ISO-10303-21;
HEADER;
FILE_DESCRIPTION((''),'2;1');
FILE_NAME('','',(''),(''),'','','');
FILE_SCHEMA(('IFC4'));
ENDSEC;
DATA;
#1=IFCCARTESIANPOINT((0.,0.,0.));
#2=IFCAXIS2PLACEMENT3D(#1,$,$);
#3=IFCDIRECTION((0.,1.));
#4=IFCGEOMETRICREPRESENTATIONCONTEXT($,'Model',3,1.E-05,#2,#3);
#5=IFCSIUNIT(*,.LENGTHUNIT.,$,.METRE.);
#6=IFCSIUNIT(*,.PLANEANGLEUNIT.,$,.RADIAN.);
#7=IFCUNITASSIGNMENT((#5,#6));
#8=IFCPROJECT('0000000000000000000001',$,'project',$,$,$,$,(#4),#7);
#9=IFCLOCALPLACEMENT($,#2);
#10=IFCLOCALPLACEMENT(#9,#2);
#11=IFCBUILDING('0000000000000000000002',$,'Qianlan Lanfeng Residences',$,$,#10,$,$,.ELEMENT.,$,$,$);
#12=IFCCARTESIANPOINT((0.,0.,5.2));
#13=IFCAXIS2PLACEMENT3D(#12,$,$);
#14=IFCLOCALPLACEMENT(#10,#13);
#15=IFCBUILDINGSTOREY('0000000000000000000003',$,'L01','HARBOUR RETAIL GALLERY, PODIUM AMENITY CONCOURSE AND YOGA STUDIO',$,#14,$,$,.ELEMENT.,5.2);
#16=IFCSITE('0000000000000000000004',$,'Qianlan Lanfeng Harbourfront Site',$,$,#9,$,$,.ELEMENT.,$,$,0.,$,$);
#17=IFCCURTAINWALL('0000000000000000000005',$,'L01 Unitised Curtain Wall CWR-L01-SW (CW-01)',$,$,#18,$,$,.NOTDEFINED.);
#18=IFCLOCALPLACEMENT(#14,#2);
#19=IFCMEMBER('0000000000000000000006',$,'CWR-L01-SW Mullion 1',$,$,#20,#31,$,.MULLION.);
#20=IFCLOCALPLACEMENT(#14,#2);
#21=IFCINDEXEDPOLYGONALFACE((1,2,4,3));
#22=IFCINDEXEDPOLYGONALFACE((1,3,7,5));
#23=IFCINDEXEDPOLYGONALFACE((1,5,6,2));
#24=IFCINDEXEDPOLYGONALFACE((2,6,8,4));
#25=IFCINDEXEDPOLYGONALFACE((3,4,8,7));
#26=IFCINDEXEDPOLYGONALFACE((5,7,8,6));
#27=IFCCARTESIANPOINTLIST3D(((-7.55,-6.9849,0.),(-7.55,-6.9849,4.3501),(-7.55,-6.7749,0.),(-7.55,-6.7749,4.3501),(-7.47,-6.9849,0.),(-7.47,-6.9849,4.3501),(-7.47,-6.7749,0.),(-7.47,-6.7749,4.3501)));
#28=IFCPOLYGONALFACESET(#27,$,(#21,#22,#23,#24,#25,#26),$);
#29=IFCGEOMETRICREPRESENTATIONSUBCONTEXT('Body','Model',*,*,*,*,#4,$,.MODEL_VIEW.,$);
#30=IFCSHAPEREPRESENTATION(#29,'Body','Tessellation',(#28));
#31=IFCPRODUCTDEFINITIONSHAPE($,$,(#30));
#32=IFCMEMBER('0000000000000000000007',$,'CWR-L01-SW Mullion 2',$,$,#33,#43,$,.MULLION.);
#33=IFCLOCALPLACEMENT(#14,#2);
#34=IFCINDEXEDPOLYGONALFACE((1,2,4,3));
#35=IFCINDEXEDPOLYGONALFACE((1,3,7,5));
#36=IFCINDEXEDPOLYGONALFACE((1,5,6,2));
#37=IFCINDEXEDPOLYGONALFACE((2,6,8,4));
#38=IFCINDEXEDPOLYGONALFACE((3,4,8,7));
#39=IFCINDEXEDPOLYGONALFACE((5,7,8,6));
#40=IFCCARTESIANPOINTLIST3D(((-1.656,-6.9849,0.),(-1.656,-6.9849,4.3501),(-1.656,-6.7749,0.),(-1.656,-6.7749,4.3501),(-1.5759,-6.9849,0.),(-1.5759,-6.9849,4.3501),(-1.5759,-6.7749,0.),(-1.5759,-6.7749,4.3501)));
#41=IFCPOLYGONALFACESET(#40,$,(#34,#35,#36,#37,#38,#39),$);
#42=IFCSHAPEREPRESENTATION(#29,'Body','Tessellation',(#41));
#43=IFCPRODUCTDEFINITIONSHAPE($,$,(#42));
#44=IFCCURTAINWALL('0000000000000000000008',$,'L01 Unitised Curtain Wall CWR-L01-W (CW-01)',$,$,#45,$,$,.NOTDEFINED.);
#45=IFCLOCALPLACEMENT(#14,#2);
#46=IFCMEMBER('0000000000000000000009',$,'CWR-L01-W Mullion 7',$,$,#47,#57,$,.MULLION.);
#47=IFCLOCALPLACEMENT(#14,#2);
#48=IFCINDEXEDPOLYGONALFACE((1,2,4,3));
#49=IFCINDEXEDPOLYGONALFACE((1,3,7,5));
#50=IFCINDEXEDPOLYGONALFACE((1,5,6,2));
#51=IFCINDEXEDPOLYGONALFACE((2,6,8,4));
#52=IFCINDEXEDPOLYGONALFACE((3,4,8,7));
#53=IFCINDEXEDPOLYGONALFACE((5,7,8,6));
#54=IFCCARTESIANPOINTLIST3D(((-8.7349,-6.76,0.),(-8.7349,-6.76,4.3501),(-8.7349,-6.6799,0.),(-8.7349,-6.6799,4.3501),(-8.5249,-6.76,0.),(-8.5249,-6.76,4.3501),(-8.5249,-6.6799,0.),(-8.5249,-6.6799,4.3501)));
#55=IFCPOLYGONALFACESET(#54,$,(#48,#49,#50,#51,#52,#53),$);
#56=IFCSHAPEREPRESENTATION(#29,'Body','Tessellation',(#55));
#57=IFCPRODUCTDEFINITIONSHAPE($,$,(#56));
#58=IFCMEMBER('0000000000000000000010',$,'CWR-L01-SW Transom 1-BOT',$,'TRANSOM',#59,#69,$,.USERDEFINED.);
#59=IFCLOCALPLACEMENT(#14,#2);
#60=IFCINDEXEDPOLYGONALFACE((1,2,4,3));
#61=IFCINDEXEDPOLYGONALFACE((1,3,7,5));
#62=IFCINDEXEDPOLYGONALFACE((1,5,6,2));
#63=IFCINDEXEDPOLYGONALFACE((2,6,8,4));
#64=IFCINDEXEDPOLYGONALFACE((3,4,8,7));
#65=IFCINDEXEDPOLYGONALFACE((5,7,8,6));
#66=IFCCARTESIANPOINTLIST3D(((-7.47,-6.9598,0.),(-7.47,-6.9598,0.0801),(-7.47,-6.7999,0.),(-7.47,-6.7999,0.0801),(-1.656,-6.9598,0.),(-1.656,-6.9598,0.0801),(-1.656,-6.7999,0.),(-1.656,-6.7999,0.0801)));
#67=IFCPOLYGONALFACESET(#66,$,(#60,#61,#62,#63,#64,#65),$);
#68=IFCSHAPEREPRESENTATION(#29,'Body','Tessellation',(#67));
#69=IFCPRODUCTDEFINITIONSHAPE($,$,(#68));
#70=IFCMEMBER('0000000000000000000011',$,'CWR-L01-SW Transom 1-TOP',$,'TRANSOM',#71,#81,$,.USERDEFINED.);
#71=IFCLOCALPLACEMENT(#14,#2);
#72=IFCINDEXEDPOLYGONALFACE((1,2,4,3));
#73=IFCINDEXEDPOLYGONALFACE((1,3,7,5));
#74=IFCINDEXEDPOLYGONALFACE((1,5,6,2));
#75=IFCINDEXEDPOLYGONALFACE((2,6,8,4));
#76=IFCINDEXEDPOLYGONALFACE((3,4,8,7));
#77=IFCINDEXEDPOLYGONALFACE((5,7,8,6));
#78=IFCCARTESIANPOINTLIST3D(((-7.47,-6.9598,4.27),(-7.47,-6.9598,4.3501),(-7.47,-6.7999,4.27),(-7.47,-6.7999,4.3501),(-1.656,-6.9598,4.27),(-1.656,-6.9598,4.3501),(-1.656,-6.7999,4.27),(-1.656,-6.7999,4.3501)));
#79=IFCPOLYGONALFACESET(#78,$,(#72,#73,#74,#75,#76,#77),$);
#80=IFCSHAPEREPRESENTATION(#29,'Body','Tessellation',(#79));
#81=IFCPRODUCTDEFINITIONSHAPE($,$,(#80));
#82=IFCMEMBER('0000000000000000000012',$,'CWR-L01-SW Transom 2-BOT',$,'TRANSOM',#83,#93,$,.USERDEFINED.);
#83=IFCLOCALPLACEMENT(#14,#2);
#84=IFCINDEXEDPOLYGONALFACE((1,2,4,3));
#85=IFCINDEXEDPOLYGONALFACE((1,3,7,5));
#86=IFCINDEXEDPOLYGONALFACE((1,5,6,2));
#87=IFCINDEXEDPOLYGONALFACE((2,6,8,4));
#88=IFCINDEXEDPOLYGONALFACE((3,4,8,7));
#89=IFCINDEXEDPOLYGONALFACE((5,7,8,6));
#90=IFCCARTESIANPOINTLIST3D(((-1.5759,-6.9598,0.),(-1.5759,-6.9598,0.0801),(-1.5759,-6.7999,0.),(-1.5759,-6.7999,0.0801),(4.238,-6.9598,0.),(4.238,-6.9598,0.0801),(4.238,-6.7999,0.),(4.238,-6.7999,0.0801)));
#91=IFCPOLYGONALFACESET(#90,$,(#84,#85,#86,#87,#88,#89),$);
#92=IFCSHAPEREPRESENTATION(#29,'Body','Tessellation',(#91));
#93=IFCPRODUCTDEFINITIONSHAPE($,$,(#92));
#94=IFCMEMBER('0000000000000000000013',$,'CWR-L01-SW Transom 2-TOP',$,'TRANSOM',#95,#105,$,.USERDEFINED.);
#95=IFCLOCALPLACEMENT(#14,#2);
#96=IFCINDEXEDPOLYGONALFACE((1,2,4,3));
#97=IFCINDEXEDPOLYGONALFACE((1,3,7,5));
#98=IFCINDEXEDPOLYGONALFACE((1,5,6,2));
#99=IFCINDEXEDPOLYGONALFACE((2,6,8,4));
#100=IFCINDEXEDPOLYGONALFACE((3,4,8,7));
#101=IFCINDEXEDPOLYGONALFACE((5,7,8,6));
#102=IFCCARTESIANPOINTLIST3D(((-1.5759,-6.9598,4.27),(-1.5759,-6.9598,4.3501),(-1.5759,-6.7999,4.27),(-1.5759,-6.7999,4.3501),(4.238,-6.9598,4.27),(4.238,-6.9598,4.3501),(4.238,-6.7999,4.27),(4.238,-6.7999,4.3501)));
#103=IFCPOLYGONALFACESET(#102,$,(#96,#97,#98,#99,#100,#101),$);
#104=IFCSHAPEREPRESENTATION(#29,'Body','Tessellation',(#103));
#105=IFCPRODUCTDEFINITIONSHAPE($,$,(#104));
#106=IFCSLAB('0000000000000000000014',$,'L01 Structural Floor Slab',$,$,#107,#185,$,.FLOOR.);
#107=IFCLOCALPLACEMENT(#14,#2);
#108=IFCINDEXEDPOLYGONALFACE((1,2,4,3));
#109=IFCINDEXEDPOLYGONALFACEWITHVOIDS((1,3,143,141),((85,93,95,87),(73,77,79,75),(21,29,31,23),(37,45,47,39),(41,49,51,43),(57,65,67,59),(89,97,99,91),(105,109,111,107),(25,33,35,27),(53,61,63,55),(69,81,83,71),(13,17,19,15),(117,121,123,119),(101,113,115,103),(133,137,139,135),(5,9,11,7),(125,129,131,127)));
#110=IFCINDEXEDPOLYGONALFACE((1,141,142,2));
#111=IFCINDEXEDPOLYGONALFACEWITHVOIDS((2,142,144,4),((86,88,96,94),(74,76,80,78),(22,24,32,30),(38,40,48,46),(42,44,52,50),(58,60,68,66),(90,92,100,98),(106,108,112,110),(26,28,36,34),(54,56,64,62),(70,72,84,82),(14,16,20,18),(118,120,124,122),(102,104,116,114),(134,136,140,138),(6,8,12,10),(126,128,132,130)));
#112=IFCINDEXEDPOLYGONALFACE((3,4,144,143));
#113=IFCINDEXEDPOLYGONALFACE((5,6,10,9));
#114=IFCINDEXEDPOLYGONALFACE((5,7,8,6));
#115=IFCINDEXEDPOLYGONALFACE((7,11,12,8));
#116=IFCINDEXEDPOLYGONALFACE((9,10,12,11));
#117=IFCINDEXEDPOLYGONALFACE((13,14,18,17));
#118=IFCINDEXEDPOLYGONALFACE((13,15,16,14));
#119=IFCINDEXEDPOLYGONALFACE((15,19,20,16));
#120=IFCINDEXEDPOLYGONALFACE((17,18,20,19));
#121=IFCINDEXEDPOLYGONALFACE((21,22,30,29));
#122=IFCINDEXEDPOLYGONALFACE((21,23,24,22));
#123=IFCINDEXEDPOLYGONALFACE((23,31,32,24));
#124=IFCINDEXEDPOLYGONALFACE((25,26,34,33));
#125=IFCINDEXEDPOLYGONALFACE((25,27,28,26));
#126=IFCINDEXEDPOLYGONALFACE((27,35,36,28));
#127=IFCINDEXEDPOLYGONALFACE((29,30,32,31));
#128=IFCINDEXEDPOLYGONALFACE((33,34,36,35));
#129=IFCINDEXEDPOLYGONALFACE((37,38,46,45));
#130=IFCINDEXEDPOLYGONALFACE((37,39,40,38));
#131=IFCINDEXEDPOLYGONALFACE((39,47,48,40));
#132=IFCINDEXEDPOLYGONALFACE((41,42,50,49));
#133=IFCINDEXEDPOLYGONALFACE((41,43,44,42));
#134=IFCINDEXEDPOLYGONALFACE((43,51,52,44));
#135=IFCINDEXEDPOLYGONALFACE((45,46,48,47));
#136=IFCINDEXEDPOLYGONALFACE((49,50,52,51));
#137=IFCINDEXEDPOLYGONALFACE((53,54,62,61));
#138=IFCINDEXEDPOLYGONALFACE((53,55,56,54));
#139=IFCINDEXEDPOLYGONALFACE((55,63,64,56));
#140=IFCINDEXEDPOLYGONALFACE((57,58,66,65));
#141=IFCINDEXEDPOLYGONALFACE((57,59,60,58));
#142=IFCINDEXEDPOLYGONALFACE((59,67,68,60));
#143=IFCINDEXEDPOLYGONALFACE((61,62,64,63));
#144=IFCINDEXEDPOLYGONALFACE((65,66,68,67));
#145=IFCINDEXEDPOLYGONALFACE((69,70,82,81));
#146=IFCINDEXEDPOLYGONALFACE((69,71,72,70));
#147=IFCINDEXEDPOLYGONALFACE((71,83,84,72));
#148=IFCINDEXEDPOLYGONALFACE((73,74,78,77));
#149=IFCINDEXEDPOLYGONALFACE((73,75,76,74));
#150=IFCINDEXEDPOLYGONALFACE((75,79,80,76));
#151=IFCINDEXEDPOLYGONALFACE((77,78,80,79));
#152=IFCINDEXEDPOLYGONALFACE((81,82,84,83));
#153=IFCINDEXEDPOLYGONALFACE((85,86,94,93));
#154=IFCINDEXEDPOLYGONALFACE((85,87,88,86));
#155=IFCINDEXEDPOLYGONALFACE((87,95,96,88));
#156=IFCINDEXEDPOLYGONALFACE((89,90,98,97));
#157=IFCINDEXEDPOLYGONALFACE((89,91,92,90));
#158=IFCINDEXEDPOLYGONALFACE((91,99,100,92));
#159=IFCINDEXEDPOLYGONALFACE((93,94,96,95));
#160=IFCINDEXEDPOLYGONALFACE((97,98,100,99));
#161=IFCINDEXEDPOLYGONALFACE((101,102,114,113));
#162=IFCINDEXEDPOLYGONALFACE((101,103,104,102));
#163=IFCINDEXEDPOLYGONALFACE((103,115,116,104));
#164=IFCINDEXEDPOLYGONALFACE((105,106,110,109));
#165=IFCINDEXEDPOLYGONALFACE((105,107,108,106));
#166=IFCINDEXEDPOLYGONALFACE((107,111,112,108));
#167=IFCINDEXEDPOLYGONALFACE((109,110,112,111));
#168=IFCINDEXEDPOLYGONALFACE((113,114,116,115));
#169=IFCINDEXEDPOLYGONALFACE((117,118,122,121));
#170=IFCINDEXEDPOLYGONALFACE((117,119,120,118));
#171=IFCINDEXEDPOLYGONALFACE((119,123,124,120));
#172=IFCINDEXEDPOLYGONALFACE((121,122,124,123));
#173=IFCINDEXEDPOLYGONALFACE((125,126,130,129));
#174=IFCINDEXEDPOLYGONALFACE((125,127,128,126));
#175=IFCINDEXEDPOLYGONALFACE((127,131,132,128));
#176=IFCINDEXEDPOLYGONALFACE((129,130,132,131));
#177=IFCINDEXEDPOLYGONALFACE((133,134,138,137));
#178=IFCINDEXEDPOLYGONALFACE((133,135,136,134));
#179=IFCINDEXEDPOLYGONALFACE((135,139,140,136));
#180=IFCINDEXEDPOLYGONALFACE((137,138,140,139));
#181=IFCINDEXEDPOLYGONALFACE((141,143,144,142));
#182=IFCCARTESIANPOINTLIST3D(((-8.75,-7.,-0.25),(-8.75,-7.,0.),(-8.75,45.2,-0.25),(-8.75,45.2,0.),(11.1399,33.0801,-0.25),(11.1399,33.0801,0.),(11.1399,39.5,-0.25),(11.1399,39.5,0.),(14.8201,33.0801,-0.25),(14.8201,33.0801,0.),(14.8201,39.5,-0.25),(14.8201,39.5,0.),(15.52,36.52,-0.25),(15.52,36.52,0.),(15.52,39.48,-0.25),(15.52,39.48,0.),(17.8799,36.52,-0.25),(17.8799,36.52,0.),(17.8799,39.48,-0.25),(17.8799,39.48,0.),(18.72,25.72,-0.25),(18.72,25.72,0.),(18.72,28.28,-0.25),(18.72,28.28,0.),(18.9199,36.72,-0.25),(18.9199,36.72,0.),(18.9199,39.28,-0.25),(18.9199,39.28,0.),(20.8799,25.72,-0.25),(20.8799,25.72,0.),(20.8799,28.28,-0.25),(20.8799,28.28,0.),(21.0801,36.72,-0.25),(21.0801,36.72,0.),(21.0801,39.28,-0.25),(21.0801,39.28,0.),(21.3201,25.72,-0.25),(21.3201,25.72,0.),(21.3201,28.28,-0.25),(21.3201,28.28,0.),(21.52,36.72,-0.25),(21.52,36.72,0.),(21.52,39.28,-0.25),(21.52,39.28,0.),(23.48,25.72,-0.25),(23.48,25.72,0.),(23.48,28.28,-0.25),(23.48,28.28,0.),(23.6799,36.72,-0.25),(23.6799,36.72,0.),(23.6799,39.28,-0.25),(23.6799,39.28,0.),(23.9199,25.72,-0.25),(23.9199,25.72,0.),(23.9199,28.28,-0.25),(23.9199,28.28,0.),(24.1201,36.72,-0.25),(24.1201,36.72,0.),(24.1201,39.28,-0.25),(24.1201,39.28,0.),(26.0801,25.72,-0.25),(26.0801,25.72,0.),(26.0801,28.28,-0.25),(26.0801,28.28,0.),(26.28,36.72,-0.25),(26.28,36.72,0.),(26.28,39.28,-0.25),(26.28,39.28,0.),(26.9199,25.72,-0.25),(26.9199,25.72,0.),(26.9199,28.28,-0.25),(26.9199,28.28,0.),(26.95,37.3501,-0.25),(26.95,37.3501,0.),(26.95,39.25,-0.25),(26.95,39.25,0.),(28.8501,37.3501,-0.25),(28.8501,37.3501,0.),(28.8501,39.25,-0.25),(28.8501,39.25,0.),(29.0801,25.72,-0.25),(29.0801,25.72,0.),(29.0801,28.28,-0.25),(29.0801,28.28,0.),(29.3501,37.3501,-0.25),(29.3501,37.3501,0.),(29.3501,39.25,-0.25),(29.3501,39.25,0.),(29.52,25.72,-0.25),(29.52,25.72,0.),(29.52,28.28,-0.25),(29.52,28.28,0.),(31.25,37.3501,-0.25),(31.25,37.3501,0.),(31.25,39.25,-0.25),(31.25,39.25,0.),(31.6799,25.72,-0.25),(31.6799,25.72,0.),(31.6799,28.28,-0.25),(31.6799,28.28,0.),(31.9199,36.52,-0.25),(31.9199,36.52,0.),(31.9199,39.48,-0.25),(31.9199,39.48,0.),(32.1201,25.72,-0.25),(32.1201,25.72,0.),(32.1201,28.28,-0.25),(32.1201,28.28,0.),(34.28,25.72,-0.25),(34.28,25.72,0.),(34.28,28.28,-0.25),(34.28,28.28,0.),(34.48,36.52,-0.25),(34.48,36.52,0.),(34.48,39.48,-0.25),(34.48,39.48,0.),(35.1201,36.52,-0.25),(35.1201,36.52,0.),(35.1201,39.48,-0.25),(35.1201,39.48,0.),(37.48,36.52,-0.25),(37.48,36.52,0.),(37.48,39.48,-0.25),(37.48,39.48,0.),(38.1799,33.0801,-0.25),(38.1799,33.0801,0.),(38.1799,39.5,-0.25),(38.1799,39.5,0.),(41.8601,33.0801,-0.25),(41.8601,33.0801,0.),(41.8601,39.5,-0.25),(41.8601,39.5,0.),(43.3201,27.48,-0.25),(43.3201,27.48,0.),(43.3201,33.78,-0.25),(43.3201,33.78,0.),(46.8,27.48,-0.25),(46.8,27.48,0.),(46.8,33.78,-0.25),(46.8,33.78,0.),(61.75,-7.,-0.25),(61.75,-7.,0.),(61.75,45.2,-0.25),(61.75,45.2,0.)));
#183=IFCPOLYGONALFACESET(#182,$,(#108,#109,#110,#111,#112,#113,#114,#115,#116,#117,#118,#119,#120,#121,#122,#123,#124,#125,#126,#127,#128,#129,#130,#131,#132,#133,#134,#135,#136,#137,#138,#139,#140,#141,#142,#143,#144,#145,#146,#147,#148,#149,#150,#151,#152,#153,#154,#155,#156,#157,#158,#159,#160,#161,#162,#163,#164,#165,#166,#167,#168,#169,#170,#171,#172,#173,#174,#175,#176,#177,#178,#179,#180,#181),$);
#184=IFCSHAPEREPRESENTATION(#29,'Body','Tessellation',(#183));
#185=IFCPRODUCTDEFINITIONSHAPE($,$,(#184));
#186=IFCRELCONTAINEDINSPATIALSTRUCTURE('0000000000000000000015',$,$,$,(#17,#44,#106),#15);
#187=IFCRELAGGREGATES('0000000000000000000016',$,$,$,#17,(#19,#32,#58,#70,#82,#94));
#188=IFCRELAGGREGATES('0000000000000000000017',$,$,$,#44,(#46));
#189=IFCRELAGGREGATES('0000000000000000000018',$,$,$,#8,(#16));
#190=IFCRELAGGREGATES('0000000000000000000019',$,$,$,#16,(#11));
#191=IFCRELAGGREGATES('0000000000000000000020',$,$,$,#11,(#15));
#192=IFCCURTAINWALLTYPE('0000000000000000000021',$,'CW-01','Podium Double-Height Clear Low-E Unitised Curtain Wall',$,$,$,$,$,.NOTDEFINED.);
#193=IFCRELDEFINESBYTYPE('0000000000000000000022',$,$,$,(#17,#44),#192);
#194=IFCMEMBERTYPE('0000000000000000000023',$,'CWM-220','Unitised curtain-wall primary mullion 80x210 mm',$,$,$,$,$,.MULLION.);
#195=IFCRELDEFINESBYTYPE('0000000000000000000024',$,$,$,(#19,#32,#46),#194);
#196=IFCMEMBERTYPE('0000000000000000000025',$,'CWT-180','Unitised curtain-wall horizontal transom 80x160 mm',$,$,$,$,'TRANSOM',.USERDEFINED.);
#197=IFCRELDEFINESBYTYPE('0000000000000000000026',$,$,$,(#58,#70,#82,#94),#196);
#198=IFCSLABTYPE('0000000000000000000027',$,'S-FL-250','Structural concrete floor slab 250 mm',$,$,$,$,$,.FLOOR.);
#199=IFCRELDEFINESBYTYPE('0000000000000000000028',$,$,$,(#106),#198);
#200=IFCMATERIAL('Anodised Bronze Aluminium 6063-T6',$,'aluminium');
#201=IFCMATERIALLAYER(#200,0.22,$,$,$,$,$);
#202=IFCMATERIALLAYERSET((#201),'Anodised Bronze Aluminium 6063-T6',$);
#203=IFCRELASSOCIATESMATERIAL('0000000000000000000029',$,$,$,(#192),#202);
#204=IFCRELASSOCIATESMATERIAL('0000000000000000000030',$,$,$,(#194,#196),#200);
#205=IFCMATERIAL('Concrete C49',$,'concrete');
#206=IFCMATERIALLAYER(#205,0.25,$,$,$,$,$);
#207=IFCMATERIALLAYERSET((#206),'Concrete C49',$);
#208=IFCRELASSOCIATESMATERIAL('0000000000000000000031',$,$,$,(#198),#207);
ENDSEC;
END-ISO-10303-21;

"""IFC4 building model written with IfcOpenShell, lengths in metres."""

from ifc_helpers import new_model, si_unit, direction, frame, origin, origin_2d, place, context, subcontext, project, spatial, polyline, rectangle, outline, extrude, source, transform, mapped, material, layer, layer_set, material_profile, profile_set, type_object, element, aggregate, save


model = new_model("IFC4")

# Units and contexts
model_context = context("Model", 3, precision=1e-05, world=origin(), true_north=direction((0.0, 1.0)))
body_context = subcontext(model_context, "Body", "Model", "MODEL_VIEW")
ifc_project = project(units=[si_unit("LENGTHUNIT", "METRE"), si_unit("PLANEANGLEUNIT", "RADIAN")], contexts=[model_context])

# Site, building, storey
site_placement = place(None, origin())
site = spatial("IfcSite", under=ifc_project, at=site_placement, Name="Qianlan Lanfeng Harbourfront Site", CompositionType="ELEMENT", RefElevation=0.0)
building_placement = place(site_placement, origin())
building = spatial("IfcBuilding", under=site, at=building_placement, Name="Qianlan Lanfeng Residences", CompositionType="ELEMENT")
storey_placement = place(building_placement, frame((0.0, 0.0, 5.2)))
storey = spatial("IfcBuildingStorey", under=building, at=storey_placement, Name="L01", Description="HARBOUR RETAIL GALLERY, PODIUM AMENITY CONCOURSE AND YOGA STUDIO", CompositionType="ELEMENT", Elevation=5.2)

# Curtain wall, members
ifc_material_1 = material(Name="Anodised Bronze Aluminium 6063-T6", Category="aluminium")
ifc_layer_1 = layer(ifc_material_1, 0.22)
ifc_layer_set_1 = layer_set([ifc_layer_1], Name="Anodised Bronze Aluminium 6063-T6")
curtain_wall_type = type_object("IfcCurtainWallType", Name="CW-01", Description="Podium Double-Height Clear Low-E Unitised Curtain Wall", PredefinedType="NOTDEFINED", material=ifc_layer_set_1)
curtain_wall_1_placement = place(storey_placement, origin())
curtain_wall_1 = element("IfcCurtainWall", 1, at=curtain_wall_1_placement, inside=storey, type_object=curtain_wall_type, Name="L01 Unitised Curtain Wall CWR-L01-SW (CW-01)", PredefinedType="NOTDEFINED")
ifc_material_profile_1 = material_profile(ifc_material_1, rectangle(XDim=0.0801, YDim=0.21, at=origin_2d()), Name="ALU MULLION 80x210")
ifc_profile_set_1 = profile_set([ifc_material_profile_1], Name="Anodised Bronze Aluminium 6063-T6")
member_type_1 = type_object("IfcMemberType", Name="CWM-220", Description="Unitised curtain-wall primary mullion 80x210 mm", PredefinedType="MULLION", material=ifc_profile_set_1)
shared_shape_1 = source(origin(), body_context, "Body", "SweptSolid", [
    extrude(rectangle(XDim=0.0801, YDim=0.21, at=origin_2d()), origin(), (0.0, 0.0, 1.0), 4.3501),
])
member_1_placement = place(storey_placement, frame((-7.51, -6.8799, 0.0), z_axis=(0.0, 0.0, 1.0), x_axis=(1.0, 0.0, 0.0)))
member_1 = element("IfcMember", 2, at=member_1_placement, type_object=member_type_1, Name="CWR-L01-SW Mullion 1", PredefinedType="MULLION", context=body_context, shape_type="MappedRepresentation", body=[
    mapped(shared_shape_1, transform((0.0, 0.0, 0.0), scale=1.0)),
])
member_2_placement = place(storey_placement, frame((-1.616, -6.8799, 0.0), z_axis=(0.0, 0.0, 1.0), x_axis=(1.0, 0.0, 0.0)))
member_2 = element("IfcMember", 3, at=member_2_placement, type_object=member_type_1, Name="CWR-L01-SW Mullion 2", PredefinedType="MULLION", context=body_context, shape_type="MappedRepresentation", body=[
    mapped(shared_shape_1, transform((0.0, 0.0, 0.0), scale=1.0)),
])

# Curtain wall, member
curtain_wall_2_placement = place(storey_placement, origin())
curtain_wall_2 = element("IfcCurtainWall", 4, at=curtain_wall_2_placement, inside=storey, type_object=curtain_wall_type, Name="L01 Unitised Curtain Wall CWR-L01-W (CW-01)", PredefinedType="NOTDEFINED")
member_3_placement = place(storey_placement, frame((-8.6299, -6.72, 0.0), z_axis=(0.0, 0.0, 1.0), x_axis=(0.0, -1.0, 0.0)))
member_3 = element("IfcMember", 5, at=member_3_placement, type_object=member_type_1, Name="CWR-L01-W Mullion 7", PredefinedType="MULLION", context=body_context, shape_type="MappedRepresentation", body=[
    mapped(shared_shape_1, transform((0.0, 0.0, 0.0), scale=1.0)),
])

# Members
ifc_material_profile_2 = material_profile(ifc_material_1, rectangle(XDim=0.0801, YDim=0.1599, at=origin_2d()), Name="ALU TRANSOM 80x160")
ifc_profile_set_2 = profile_set([ifc_material_profile_2], Name="Anodised Bronze Aluminium 6063-T6")
member_type_2 = type_object("IfcMemberType", Name="CWT-180", Description="Unitised curtain-wall horizontal transom 80x160 mm", ElementType="TRANSOM", PredefinedType="USERDEFINED", material=ifc_profile_set_2)
shared_shape_2 = source(origin(), body_context, "Body", "SweptSolid", [
    extrude(rectangle(XDim=0.0801, YDim=0.1599, at=origin_2d()), origin(), (0.0, 0.0, 1.0), 5.814),
])
member_4_placement = place(storey_placement, frame((-7.47, -6.8799, 0.04), z_axis=(1.0, 0.0, 0.0), x_axis=(0.0, 0.0, 1.0)))
member_4 = element("IfcMember", 6, at=member_4_placement, type_object=member_type_2, Name="CWR-L01-SW Transom 1-BOT", ObjectType="TRANSOM", PredefinedType="USERDEFINED", context=body_context, shape_type="MappedRepresentation", body=[
    mapped(shared_shape_2, transform((0.0, 0.0, 0.0), scale=1.0)),
])
member_5_placement = place(storey_placement, frame((-7.47, -6.8799, 4.3101), z_axis=(1.0, 0.0, 0.0), x_axis=(0.0, 0.0, 1.0)))
member_5 = element("IfcMember", 7, at=member_5_placement, type_object=member_type_2, Name="CWR-L01-SW Transom 1-TOP", ObjectType="TRANSOM", PredefinedType="USERDEFINED", context=body_context, shape_type="MappedRepresentation", body=[
    mapped(shared_shape_2, transform((0.0, 0.0, 0.0), scale=1.0)),
])
member_6_placement = place(storey_placement, frame((-1.5759, -6.8799, 0.04), z_axis=(1.0, 0.0, 0.0), x_axis=(0.0, 0.0, 1.0)))
member_6 = element("IfcMember", 8, at=member_6_placement, type_object=member_type_2, Name="CWR-L01-SW Transom 2-BOT", ObjectType="TRANSOM", PredefinedType="USERDEFINED", context=body_context, shape_type="MappedRepresentation", body=[
    mapped(shared_shape_2, transform((0.0, 0.0, 0.0), scale=1.0)),
])
member_7_placement = place(storey_placement, frame((-1.5759, -6.8799, 4.3101), z_axis=(1.0, 0.0, 0.0), x_axis=(0.0, 0.0, 1.0)))
member_7 = element("IfcMember", 9, at=member_7_placement, type_object=member_type_2, Name="CWR-L01-SW Transom 2-TOP", ObjectType="TRANSOM", PredefinedType="USERDEFINED", context=body_context, shape_type="MappedRepresentation", body=[
    mapped(shared_shape_2, transform((0.0, 0.0, 0.0), scale=1.0)),
])

# Slab
ifc_material_2 = material(Name="Concrete C49", Category="concrete")
ifc_layer_2 = layer(ifc_material_2, 0.25)
ifc_layer_set_2 = layer_set([ifc_layer_2], Name="Concrete C49")
slab_type_1 = type_object("IfcSlabType", Name="S-FL-250", Description="Structural concrete floor slab 250 mm", PredefinedType="FLOOR", material=ifc_layer_set_2)
slab_1_placement = place(storey_placement, frame((0.0, 0.0, -0.25)))
element("IfcSlab", 10, at=slab_1_placement, inside=storey, type_object=slab_type_1, Name="L01 Structural Floor Slab", PredefinedType="FLOOR", context=body_context, shape_type="SweptSolid", body=[
    extrude(outline(polyline([(-8.75, -7.0), (61.75, -7.0), (61.75, 45.2), (-8.75, 45.2), (-8.75, -7.0)]), holes=[polyline([(11.1399, 33.0801), (11.1399, 39.5), (14.8201, 39.5), (14.8201, 33.0801), (11.1399, 33.0801)]), polyline([(38.1799, 33.0801), (38.1799, 39.5), (41.8601, 39.5), (41.8601, 33.0801), (38.1799, 33.0801)]), polyline([(43.3201, 27.48), (43.3201, 33.78), (46.8, 33.78), (46.8, 27.48), (43.3201, 27.48)]), polyline([(15.52, 36.52), (15.52, 39.48), (17.8799, 39.48), (17.8799, 36.52), (15.52, 36.52)]), polyline([(35.1201, 36.52), (35.1201, 39.48), (37.48, 39.48), (37.48, 36.52), (35.1201, 36.52)]), polyline([(31.9199, 36.52), (31.9199, 39.48), (34.48, 39.48), (34.48, 36.52), (31.9199, 36.52)]), polyline([(18.72, 25.72), (18.72, 28.28), (20.8799, 28.28), (20.8799, 25.72), (18.72, 25.72)]), polyline([(21.3201, 25.72), (21.3201, 28.28), (23.48, 28.28), (23.48, 25.72), (21.3201, 25.72)]), polyline([(23.9199, 25.72), (23.9199, 28.28), (26.0801, 28.28), (26.0801, 25.72), (23.9199, 25.72)]), polyline([(26.9199, 25.72), (26.9199, 28.28), (29.0801, 28.28), (29.0801, 25.72), (26.9199, 25.72)]), polyline([(29.52, 25.72), (29.52, 28.28), (31.6799, 28.28), (31.6799, 25.72), (29.52, 25.72)]), polyline([(32.1201, 25.72), (32.1201, 28.28), (34.28, 28.28), (34.28, 25.72), (32.1201, 25.72)]), polyline([(18.9199, 36.72), (18.9199, 39.28), (21.0801, 39.28), (21.0801, 36.72), (18.9199, 36.72)]), polyline([(21.52, 36.72), (21.52, 39.28), (23.6799, 39.28), (23.6799, 36.72), (21.52, 36.72)]), polyline([(24.1201, 36.72), (24.1201, 39.28), (26.28, 39.28), (26.28, 36.72), (24.1201, 36.72)]), polyline([(26.95, 37.3501), (26.95, 39.25), (28.8501, 39.25), (28.8501, 37.3501), (26.95, 37.3501)]), polyline([(29.3501, 37.3501), (29.3501, 39.25), (31.25, 39.25), (31.25, 37.3501), (29.3501, 37.3501)])]), origin(), (0.0, 0.0, 1.0), 0.25),
])

aggregate(curtain_wall_1, [member_1, member_2, member_4, member_5, member_6, member_7])
aggregate(curtain_wall_2, [member_3])

save(model, "model.ifc")
